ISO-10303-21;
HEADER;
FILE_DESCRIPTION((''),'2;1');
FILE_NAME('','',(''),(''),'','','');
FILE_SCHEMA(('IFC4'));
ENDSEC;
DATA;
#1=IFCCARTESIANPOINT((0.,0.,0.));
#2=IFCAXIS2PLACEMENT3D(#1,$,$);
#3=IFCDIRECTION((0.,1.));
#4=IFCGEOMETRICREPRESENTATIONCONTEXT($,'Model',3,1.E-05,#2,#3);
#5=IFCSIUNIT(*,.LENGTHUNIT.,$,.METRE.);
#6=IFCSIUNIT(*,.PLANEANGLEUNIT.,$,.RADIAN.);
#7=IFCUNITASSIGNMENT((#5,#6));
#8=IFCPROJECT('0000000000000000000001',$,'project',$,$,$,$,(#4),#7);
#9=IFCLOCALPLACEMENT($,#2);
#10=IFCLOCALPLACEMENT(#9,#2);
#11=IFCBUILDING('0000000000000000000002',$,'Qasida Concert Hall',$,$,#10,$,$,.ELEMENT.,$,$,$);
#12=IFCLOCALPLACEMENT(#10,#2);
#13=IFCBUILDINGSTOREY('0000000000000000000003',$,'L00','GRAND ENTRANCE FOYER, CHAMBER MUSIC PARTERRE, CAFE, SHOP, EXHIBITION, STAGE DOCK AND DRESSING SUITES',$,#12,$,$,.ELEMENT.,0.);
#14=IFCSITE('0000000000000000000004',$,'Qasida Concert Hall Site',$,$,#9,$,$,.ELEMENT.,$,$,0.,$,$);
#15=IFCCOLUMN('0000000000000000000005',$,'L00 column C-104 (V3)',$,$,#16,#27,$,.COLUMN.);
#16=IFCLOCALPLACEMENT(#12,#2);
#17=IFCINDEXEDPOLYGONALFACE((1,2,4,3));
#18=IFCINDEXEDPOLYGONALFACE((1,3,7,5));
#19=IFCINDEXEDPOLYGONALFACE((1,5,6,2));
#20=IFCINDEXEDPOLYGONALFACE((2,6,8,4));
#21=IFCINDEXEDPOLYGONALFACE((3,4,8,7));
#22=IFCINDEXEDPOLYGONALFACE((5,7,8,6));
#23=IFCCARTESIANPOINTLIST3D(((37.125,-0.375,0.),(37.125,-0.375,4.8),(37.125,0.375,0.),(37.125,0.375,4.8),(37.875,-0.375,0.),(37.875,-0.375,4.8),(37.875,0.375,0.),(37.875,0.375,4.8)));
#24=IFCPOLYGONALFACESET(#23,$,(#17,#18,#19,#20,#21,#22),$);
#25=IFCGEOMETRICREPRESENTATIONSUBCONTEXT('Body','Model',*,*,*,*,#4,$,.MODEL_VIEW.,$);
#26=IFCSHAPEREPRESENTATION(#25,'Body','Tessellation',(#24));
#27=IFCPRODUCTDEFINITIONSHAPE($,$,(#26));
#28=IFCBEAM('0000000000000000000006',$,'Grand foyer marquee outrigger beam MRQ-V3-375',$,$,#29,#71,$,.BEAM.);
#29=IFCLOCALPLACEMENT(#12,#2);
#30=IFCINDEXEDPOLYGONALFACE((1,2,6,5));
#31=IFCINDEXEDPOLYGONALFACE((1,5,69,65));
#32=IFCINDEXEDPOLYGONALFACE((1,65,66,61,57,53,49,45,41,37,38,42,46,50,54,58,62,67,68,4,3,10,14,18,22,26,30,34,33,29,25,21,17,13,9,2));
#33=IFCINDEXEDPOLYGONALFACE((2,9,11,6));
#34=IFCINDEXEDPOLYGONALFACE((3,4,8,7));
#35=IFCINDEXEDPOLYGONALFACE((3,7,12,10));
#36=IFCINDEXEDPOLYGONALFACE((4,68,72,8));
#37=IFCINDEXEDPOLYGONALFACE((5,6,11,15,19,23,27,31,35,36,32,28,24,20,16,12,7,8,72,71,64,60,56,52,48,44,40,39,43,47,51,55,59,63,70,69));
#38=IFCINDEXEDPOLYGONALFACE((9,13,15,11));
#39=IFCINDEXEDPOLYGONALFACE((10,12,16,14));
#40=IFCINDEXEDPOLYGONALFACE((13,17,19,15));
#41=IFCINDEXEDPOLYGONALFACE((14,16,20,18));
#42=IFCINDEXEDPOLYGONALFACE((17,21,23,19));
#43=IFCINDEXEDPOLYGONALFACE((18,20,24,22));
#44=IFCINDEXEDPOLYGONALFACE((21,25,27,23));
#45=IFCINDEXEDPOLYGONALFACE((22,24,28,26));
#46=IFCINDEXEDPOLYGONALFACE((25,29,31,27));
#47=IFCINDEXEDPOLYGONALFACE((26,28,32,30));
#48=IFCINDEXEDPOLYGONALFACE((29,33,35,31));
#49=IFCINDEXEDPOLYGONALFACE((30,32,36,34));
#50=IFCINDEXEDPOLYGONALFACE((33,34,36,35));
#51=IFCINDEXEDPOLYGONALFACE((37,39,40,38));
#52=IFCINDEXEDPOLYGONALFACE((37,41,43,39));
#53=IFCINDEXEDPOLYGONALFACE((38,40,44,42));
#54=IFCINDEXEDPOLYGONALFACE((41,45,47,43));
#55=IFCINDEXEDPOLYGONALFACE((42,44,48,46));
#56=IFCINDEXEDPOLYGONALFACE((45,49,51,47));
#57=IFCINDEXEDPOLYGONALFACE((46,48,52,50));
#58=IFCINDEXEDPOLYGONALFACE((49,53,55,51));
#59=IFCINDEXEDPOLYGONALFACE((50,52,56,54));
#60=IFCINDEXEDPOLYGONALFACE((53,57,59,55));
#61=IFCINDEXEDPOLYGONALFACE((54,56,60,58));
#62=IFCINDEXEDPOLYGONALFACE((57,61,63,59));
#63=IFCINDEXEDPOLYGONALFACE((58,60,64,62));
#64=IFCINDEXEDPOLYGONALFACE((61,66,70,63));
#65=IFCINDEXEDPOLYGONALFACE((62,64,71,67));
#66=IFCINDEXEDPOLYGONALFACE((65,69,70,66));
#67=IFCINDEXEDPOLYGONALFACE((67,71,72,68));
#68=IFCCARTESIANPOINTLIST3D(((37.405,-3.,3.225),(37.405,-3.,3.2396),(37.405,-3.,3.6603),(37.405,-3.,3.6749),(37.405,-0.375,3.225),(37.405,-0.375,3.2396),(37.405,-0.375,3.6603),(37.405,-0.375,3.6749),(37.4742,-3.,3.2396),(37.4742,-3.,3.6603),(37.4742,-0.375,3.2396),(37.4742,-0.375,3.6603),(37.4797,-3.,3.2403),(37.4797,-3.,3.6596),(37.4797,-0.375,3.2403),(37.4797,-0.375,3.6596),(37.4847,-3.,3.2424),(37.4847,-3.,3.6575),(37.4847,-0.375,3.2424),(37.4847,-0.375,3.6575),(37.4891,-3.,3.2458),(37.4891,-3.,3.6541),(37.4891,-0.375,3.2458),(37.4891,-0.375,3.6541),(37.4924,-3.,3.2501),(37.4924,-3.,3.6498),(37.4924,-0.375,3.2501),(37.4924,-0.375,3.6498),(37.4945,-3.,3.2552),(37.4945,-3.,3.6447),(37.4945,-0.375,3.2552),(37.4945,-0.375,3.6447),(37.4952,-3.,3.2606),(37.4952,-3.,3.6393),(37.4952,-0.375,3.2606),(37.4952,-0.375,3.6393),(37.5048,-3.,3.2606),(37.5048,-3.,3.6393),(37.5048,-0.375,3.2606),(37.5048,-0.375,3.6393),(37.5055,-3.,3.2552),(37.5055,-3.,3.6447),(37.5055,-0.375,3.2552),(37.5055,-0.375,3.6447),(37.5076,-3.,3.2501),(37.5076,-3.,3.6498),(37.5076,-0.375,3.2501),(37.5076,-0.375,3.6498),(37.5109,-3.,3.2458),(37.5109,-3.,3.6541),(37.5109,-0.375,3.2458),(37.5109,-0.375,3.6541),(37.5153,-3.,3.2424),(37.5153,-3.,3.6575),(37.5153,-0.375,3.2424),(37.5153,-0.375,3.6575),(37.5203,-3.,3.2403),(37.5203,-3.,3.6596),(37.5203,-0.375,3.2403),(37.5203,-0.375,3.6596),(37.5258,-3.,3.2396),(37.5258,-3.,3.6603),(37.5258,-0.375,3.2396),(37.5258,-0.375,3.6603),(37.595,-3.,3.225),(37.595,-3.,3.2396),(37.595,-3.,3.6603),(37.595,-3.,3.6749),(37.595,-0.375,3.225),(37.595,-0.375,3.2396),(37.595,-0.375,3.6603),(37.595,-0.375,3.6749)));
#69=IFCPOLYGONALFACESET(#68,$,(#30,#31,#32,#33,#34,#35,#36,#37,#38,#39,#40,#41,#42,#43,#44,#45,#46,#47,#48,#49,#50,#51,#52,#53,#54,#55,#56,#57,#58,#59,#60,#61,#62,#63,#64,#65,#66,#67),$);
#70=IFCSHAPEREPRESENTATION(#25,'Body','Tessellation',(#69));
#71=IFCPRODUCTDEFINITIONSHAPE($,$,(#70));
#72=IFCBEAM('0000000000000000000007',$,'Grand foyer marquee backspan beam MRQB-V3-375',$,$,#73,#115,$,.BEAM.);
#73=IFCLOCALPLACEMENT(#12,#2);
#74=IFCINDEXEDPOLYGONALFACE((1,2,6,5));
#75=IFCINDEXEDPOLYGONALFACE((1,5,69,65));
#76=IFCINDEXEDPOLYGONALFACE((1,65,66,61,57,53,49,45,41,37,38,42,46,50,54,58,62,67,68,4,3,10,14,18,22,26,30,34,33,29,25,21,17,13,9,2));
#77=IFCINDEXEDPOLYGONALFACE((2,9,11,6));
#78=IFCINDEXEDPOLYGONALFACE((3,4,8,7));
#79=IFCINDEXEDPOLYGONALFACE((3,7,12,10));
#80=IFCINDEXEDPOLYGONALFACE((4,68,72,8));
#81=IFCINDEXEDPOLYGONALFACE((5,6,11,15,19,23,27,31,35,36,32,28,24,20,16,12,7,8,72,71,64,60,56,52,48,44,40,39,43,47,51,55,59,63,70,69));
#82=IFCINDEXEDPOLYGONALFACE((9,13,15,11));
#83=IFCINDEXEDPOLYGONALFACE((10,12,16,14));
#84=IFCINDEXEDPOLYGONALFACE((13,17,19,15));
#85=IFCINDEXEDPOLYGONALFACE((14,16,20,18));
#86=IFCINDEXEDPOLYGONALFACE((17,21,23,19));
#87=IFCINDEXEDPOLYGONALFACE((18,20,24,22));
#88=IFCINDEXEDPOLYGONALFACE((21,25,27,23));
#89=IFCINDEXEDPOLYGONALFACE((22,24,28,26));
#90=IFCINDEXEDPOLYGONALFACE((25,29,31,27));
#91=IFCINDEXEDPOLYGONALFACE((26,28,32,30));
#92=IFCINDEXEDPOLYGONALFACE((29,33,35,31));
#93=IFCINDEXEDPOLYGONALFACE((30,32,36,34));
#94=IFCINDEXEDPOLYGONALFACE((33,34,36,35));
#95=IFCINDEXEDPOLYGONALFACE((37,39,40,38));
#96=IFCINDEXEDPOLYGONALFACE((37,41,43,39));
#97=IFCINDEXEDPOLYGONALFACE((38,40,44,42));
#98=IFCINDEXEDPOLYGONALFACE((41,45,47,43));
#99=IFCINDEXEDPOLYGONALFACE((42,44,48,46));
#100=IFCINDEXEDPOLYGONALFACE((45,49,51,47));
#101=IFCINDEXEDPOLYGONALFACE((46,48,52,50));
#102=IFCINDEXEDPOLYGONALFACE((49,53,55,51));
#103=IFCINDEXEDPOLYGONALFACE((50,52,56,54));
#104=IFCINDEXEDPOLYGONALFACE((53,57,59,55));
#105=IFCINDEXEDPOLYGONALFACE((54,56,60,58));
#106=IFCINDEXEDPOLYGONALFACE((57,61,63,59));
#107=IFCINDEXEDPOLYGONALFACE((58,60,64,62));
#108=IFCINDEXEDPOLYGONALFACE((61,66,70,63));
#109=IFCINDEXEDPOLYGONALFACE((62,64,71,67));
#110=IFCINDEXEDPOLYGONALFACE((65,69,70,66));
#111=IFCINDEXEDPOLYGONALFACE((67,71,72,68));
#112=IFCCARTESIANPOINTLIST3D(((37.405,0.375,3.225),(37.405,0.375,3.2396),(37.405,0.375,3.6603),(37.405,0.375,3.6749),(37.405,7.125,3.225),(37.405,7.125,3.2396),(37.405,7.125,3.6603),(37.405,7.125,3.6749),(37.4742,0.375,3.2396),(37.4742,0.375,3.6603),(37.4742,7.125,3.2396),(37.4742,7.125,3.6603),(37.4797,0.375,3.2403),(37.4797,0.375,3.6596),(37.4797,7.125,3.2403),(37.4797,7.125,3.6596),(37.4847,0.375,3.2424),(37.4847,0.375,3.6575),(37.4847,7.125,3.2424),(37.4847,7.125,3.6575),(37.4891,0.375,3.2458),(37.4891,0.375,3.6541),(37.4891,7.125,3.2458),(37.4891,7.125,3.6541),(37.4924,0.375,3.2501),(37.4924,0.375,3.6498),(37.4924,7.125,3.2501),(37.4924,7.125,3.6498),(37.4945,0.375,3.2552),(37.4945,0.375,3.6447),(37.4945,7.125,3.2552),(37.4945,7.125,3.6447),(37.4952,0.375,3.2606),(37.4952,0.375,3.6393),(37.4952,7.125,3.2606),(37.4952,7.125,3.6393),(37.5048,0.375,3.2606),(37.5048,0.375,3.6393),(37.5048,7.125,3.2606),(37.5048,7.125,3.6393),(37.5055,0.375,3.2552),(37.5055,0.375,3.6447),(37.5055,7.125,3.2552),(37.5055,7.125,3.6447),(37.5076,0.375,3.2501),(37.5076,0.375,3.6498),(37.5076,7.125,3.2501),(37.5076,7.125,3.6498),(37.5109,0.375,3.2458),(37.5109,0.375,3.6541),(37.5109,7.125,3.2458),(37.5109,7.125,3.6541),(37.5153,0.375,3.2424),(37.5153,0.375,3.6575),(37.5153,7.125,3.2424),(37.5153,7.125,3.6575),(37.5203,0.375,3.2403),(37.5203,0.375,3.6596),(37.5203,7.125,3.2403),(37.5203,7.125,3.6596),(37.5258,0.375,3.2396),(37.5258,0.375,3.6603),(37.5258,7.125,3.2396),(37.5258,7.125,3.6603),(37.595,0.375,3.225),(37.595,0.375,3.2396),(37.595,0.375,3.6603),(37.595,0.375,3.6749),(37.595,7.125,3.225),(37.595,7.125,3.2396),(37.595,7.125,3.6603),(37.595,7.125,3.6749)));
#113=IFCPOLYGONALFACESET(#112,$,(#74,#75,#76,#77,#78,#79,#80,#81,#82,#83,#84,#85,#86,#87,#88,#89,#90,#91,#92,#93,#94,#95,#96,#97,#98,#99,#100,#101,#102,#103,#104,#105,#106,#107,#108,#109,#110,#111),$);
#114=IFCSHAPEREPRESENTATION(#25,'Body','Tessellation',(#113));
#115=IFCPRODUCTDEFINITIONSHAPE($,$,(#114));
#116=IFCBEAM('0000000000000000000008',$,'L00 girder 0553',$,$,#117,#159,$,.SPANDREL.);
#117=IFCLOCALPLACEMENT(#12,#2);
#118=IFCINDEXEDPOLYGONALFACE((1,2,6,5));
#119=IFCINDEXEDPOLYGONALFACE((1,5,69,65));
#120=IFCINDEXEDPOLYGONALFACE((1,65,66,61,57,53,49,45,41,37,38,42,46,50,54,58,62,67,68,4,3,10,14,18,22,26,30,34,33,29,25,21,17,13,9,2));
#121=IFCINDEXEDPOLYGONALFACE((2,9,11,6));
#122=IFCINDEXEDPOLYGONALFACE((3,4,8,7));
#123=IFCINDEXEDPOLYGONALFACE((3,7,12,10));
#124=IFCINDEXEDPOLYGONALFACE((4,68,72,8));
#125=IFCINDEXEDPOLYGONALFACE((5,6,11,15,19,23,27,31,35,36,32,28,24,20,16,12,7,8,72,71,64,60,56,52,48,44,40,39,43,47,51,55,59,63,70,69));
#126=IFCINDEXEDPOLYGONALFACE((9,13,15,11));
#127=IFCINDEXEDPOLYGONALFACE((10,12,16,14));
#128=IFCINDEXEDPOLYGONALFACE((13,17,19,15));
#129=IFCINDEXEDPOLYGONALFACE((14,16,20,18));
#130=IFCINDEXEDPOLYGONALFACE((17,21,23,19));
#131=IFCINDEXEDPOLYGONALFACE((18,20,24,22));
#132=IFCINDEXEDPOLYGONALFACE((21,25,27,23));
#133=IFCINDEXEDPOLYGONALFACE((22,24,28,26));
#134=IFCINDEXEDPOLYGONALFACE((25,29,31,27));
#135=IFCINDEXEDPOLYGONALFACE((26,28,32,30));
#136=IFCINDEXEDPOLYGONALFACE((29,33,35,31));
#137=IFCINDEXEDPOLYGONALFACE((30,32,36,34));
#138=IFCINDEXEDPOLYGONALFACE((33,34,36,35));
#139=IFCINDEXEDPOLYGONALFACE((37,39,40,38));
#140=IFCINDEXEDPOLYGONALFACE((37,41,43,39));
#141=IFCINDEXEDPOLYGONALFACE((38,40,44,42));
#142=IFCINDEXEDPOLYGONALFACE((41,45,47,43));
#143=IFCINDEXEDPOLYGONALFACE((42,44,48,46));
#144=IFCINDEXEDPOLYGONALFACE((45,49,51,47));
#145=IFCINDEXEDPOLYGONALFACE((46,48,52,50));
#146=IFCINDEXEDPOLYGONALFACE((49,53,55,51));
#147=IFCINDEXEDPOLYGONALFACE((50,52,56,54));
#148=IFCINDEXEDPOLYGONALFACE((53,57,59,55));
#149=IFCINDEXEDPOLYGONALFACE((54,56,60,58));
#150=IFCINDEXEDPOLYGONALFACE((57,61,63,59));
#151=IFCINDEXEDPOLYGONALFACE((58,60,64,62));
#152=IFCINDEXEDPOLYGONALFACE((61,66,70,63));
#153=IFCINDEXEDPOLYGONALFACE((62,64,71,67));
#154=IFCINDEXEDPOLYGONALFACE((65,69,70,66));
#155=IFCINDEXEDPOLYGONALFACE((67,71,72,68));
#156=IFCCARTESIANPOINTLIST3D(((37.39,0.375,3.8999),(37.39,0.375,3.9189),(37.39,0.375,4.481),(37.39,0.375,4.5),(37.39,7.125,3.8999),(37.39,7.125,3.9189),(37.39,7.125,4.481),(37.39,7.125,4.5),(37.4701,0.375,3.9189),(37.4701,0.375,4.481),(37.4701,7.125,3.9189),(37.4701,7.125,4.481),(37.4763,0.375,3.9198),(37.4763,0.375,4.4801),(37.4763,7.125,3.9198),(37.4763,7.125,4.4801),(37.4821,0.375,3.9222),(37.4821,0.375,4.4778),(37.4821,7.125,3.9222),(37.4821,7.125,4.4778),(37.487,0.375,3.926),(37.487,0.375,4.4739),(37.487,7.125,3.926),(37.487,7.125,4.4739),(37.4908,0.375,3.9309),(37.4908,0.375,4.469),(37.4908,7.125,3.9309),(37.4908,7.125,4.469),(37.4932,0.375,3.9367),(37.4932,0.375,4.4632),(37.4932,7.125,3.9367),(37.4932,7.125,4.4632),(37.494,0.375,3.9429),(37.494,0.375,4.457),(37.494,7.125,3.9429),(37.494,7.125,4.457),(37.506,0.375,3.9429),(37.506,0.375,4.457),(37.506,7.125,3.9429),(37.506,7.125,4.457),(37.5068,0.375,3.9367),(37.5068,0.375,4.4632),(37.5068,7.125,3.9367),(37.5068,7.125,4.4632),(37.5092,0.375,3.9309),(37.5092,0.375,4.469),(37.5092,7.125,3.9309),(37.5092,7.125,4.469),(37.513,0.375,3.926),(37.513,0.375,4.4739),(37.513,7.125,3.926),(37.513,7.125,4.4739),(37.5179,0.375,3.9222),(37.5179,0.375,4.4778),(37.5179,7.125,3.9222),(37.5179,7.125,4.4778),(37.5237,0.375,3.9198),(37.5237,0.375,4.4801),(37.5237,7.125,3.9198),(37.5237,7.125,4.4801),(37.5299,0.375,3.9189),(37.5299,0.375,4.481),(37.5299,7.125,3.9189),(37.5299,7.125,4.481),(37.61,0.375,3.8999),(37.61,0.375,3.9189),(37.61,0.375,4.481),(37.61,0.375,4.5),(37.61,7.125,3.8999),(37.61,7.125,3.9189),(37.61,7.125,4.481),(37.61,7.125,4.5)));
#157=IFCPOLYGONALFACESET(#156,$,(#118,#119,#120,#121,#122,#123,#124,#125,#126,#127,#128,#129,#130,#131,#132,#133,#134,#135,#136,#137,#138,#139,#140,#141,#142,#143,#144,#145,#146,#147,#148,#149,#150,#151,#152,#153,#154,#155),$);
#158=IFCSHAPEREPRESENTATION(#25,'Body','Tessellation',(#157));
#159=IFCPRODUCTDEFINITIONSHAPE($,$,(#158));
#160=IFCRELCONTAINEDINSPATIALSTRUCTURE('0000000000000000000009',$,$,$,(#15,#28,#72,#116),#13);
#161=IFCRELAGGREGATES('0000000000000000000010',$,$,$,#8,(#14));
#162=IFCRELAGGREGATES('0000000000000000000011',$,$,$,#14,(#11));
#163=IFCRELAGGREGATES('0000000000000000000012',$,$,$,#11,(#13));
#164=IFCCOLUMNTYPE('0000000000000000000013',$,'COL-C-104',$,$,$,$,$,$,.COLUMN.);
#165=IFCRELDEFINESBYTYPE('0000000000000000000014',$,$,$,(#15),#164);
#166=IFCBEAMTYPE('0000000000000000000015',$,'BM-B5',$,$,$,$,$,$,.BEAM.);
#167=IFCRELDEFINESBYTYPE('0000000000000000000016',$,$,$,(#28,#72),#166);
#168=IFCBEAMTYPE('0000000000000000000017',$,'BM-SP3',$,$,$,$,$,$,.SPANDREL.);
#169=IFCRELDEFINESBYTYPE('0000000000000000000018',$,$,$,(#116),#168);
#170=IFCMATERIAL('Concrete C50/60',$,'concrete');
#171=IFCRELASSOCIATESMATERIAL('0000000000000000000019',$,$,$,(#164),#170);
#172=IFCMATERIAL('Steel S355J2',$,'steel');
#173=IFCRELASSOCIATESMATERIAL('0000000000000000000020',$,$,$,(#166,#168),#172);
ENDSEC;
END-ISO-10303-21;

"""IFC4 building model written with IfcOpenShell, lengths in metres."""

from ifc_helpers import new_model, si_unit, direction, frame, origin, origin_2d, place, context, subcontext, project, spatial, rectangle, i_section, extrude, material, material_profile, profile_set, type_object, element, save


model = new_model("IFC4")

# Units and contexts
model_context = context("Model", 3, precision=1e-05, world=origin(), true_north=direction((0.0, 1.0)))
body_context = subcontext(model_context, "Body", "Model", "MODEL_VIEW")
ifc_project = project(units=[si_unit("LENGTHUNIT", "METRE"), si_unit("PLANEANGLEUNIT", "RADIAN")], contexts=[model_context])

# Site, building, storey
site_placement = place(None, origin())
site = spatial("IfcSite", under=ifc_project, at=site_placement, Name="Qasida Concert Hall Site", CompositionType="ELEMENT", RefElevation=0.0)
building_placement = place(site_placement, origin())
building = spatial("IfcBuilding", under=site, at=building_placement, Name="Qasida Concert Hall", CompositionType="ELEMENT")
storey_placement = place(building_placement, origin())
storey = spatial("IfcBuildingStorey", under=building, at=storey_placement, Name="L00", Description="GRAND ENTRANCE FOYER, CHAMBER MUSIC PARTERRE, CAFE, SHOP, EXHIBITION, STAGE DOCK AND DRESSING SUITES", CompositionType="ELEMENT", Elevation=0.0)

# Column
ifc_material_1 = material(Name="Concrete C50/60", Category="concrete")
ifc_material_profile_1 = material_profile(ifc_material_1, rectangle(XDim=0.75, YDim=0.75, at=origin_2d()), Name="RC 750x750")
ifc_profile_set_1 = profile_set([ifc_material_profile_1], Name="Concrete C50/60")
column_type = type_object("IfcColumnType", Name="COL-C-104", PredefinedType="COLUMN", material=ifc_profile_set_1)
column_placement = place(storey_placement, frame((37.5, 0.0, 0.0), z_axis=(0.0, 0.0, 1.0), x_axis=(1.0, 0.0, 0.0)))
element("IfcColumn", 1, at=column_placement, inside=storey, type_object=column_type, Name="L00 column C-104 (V3)", PredefinedType="COLUMN", context=body_context, shape_type="SweptSolid", body=[
    extrude(rectangle(XDim=0.75, YDim=0.75, at=origin_2d()), origin(), (0.0, 0.0, 1.0), 4.8),
])

# Beams
ifc_material_2 = material(Name="Steel S355J2", Category="steel")
ifc_material_profile_2 = material_profile(ifc_material_2, i_section(OverallWidth=0.1899, OverallDepth=0.45, WebThickness=0.0095, FlangeThickness=0.0146, FilletRadius=0.021, at=origin_2d()), Name="IPE 450")
ifc_profile_set_2 = profile_set([ifc_material_profile_2], Name="Steel S355J2")
beam_type_1 = type_object("IfcBeamType", Name="BM-B5", PredefinedType="BEAM", material=ifc_profile_set_2)
beam_1_placement = place(storey_placement, frame((37.5, -0.375, 3.45), z_axis=(0.0, -1.0, 0.0), x_axis=(1.0, 0.0, 0.0)))
element("IfcBeam", 2, at=beam_1_placement, inside=storey, type_object=beam_type_1, Name="Grand foyer marquee outrigger beam MRQ-V3-375", PredefinedType="BEAM", context=body_context, shape_type="SweptSolid", body=[
    extrude(i_section(OverallWidth=0.1899, OverallDepth=0.45, WebThickness=0.0095, FlangeThickness=0.0146, FilletRadius=0.021, at=origin_2d()), origin(), (0.0, 0.0, 1.0), 2.625),
])
beam_2_placement = place(storey_placement, frame((37.5, 0.375, 3.45), z_axis=(0.0, 1.0, 0.0), x_axis=(-1.0, 0.0, 0.0)))
element("IfcBeam", 3, at=beam_2_placement, inside=storey, type_object=beam_type_1, Name="Grand foyer marquee backspan beam MRQB-V3-375", PredefinedType="BEAM", context=body_context, shape_type="SweptSolid", body=[
    extrude(i_section(OverallWidth=0.1899, OverallDepth=0.45, WebThickness=0.0095, FlangeThickness=0.0146, FilletRadius=0.021, at=origin_2d()), origin(), (0.0, 0.0, 1.0), 6.75),
])
ifc_material_profile_3 = material_profile(ifc_material_2, i_section(OverallWidth=0.22, OverallDepth=0.6001, WebThickness=0.012, FlangeThickness=0.019, FilletRadius=0.0239, at=origin_2d()), Name="IPE 600")
ifc_profile_set_3 = profile_set([ifc_material_profile_3], Name="Steel S355J2")
beam_type_2 = type_object("IfcBeamType", Name="BM-SP3", PredefinedType="SPANDREL", material=ifc_profile_set_3)
beam_3_placement = place(storey_placement, frame((37.5, 0.375, 4.2), z_axis=(0.0, 1.0, 0.0), x_axis=(-1.0, 0.0, 0.0)))
element("IfcBeam", 4, at=beam_3_placement, inside=storey, type_object=beam_type_2, Name="L00 girder 0553", PredefinedType="SPANDREL", context=body_context, shape_type="SweptSolid", body=[
    extrude(i_section(OverallWidth=0.22, OverallDepth=0.6001, WebThickness=0.012, FlangeThickness=0.019, FilletRadius=0.0239, at=origin_2d()), origin(), (0.0, 0.0, 1.0), 6.75),
])

save(model, "model.ifc")
